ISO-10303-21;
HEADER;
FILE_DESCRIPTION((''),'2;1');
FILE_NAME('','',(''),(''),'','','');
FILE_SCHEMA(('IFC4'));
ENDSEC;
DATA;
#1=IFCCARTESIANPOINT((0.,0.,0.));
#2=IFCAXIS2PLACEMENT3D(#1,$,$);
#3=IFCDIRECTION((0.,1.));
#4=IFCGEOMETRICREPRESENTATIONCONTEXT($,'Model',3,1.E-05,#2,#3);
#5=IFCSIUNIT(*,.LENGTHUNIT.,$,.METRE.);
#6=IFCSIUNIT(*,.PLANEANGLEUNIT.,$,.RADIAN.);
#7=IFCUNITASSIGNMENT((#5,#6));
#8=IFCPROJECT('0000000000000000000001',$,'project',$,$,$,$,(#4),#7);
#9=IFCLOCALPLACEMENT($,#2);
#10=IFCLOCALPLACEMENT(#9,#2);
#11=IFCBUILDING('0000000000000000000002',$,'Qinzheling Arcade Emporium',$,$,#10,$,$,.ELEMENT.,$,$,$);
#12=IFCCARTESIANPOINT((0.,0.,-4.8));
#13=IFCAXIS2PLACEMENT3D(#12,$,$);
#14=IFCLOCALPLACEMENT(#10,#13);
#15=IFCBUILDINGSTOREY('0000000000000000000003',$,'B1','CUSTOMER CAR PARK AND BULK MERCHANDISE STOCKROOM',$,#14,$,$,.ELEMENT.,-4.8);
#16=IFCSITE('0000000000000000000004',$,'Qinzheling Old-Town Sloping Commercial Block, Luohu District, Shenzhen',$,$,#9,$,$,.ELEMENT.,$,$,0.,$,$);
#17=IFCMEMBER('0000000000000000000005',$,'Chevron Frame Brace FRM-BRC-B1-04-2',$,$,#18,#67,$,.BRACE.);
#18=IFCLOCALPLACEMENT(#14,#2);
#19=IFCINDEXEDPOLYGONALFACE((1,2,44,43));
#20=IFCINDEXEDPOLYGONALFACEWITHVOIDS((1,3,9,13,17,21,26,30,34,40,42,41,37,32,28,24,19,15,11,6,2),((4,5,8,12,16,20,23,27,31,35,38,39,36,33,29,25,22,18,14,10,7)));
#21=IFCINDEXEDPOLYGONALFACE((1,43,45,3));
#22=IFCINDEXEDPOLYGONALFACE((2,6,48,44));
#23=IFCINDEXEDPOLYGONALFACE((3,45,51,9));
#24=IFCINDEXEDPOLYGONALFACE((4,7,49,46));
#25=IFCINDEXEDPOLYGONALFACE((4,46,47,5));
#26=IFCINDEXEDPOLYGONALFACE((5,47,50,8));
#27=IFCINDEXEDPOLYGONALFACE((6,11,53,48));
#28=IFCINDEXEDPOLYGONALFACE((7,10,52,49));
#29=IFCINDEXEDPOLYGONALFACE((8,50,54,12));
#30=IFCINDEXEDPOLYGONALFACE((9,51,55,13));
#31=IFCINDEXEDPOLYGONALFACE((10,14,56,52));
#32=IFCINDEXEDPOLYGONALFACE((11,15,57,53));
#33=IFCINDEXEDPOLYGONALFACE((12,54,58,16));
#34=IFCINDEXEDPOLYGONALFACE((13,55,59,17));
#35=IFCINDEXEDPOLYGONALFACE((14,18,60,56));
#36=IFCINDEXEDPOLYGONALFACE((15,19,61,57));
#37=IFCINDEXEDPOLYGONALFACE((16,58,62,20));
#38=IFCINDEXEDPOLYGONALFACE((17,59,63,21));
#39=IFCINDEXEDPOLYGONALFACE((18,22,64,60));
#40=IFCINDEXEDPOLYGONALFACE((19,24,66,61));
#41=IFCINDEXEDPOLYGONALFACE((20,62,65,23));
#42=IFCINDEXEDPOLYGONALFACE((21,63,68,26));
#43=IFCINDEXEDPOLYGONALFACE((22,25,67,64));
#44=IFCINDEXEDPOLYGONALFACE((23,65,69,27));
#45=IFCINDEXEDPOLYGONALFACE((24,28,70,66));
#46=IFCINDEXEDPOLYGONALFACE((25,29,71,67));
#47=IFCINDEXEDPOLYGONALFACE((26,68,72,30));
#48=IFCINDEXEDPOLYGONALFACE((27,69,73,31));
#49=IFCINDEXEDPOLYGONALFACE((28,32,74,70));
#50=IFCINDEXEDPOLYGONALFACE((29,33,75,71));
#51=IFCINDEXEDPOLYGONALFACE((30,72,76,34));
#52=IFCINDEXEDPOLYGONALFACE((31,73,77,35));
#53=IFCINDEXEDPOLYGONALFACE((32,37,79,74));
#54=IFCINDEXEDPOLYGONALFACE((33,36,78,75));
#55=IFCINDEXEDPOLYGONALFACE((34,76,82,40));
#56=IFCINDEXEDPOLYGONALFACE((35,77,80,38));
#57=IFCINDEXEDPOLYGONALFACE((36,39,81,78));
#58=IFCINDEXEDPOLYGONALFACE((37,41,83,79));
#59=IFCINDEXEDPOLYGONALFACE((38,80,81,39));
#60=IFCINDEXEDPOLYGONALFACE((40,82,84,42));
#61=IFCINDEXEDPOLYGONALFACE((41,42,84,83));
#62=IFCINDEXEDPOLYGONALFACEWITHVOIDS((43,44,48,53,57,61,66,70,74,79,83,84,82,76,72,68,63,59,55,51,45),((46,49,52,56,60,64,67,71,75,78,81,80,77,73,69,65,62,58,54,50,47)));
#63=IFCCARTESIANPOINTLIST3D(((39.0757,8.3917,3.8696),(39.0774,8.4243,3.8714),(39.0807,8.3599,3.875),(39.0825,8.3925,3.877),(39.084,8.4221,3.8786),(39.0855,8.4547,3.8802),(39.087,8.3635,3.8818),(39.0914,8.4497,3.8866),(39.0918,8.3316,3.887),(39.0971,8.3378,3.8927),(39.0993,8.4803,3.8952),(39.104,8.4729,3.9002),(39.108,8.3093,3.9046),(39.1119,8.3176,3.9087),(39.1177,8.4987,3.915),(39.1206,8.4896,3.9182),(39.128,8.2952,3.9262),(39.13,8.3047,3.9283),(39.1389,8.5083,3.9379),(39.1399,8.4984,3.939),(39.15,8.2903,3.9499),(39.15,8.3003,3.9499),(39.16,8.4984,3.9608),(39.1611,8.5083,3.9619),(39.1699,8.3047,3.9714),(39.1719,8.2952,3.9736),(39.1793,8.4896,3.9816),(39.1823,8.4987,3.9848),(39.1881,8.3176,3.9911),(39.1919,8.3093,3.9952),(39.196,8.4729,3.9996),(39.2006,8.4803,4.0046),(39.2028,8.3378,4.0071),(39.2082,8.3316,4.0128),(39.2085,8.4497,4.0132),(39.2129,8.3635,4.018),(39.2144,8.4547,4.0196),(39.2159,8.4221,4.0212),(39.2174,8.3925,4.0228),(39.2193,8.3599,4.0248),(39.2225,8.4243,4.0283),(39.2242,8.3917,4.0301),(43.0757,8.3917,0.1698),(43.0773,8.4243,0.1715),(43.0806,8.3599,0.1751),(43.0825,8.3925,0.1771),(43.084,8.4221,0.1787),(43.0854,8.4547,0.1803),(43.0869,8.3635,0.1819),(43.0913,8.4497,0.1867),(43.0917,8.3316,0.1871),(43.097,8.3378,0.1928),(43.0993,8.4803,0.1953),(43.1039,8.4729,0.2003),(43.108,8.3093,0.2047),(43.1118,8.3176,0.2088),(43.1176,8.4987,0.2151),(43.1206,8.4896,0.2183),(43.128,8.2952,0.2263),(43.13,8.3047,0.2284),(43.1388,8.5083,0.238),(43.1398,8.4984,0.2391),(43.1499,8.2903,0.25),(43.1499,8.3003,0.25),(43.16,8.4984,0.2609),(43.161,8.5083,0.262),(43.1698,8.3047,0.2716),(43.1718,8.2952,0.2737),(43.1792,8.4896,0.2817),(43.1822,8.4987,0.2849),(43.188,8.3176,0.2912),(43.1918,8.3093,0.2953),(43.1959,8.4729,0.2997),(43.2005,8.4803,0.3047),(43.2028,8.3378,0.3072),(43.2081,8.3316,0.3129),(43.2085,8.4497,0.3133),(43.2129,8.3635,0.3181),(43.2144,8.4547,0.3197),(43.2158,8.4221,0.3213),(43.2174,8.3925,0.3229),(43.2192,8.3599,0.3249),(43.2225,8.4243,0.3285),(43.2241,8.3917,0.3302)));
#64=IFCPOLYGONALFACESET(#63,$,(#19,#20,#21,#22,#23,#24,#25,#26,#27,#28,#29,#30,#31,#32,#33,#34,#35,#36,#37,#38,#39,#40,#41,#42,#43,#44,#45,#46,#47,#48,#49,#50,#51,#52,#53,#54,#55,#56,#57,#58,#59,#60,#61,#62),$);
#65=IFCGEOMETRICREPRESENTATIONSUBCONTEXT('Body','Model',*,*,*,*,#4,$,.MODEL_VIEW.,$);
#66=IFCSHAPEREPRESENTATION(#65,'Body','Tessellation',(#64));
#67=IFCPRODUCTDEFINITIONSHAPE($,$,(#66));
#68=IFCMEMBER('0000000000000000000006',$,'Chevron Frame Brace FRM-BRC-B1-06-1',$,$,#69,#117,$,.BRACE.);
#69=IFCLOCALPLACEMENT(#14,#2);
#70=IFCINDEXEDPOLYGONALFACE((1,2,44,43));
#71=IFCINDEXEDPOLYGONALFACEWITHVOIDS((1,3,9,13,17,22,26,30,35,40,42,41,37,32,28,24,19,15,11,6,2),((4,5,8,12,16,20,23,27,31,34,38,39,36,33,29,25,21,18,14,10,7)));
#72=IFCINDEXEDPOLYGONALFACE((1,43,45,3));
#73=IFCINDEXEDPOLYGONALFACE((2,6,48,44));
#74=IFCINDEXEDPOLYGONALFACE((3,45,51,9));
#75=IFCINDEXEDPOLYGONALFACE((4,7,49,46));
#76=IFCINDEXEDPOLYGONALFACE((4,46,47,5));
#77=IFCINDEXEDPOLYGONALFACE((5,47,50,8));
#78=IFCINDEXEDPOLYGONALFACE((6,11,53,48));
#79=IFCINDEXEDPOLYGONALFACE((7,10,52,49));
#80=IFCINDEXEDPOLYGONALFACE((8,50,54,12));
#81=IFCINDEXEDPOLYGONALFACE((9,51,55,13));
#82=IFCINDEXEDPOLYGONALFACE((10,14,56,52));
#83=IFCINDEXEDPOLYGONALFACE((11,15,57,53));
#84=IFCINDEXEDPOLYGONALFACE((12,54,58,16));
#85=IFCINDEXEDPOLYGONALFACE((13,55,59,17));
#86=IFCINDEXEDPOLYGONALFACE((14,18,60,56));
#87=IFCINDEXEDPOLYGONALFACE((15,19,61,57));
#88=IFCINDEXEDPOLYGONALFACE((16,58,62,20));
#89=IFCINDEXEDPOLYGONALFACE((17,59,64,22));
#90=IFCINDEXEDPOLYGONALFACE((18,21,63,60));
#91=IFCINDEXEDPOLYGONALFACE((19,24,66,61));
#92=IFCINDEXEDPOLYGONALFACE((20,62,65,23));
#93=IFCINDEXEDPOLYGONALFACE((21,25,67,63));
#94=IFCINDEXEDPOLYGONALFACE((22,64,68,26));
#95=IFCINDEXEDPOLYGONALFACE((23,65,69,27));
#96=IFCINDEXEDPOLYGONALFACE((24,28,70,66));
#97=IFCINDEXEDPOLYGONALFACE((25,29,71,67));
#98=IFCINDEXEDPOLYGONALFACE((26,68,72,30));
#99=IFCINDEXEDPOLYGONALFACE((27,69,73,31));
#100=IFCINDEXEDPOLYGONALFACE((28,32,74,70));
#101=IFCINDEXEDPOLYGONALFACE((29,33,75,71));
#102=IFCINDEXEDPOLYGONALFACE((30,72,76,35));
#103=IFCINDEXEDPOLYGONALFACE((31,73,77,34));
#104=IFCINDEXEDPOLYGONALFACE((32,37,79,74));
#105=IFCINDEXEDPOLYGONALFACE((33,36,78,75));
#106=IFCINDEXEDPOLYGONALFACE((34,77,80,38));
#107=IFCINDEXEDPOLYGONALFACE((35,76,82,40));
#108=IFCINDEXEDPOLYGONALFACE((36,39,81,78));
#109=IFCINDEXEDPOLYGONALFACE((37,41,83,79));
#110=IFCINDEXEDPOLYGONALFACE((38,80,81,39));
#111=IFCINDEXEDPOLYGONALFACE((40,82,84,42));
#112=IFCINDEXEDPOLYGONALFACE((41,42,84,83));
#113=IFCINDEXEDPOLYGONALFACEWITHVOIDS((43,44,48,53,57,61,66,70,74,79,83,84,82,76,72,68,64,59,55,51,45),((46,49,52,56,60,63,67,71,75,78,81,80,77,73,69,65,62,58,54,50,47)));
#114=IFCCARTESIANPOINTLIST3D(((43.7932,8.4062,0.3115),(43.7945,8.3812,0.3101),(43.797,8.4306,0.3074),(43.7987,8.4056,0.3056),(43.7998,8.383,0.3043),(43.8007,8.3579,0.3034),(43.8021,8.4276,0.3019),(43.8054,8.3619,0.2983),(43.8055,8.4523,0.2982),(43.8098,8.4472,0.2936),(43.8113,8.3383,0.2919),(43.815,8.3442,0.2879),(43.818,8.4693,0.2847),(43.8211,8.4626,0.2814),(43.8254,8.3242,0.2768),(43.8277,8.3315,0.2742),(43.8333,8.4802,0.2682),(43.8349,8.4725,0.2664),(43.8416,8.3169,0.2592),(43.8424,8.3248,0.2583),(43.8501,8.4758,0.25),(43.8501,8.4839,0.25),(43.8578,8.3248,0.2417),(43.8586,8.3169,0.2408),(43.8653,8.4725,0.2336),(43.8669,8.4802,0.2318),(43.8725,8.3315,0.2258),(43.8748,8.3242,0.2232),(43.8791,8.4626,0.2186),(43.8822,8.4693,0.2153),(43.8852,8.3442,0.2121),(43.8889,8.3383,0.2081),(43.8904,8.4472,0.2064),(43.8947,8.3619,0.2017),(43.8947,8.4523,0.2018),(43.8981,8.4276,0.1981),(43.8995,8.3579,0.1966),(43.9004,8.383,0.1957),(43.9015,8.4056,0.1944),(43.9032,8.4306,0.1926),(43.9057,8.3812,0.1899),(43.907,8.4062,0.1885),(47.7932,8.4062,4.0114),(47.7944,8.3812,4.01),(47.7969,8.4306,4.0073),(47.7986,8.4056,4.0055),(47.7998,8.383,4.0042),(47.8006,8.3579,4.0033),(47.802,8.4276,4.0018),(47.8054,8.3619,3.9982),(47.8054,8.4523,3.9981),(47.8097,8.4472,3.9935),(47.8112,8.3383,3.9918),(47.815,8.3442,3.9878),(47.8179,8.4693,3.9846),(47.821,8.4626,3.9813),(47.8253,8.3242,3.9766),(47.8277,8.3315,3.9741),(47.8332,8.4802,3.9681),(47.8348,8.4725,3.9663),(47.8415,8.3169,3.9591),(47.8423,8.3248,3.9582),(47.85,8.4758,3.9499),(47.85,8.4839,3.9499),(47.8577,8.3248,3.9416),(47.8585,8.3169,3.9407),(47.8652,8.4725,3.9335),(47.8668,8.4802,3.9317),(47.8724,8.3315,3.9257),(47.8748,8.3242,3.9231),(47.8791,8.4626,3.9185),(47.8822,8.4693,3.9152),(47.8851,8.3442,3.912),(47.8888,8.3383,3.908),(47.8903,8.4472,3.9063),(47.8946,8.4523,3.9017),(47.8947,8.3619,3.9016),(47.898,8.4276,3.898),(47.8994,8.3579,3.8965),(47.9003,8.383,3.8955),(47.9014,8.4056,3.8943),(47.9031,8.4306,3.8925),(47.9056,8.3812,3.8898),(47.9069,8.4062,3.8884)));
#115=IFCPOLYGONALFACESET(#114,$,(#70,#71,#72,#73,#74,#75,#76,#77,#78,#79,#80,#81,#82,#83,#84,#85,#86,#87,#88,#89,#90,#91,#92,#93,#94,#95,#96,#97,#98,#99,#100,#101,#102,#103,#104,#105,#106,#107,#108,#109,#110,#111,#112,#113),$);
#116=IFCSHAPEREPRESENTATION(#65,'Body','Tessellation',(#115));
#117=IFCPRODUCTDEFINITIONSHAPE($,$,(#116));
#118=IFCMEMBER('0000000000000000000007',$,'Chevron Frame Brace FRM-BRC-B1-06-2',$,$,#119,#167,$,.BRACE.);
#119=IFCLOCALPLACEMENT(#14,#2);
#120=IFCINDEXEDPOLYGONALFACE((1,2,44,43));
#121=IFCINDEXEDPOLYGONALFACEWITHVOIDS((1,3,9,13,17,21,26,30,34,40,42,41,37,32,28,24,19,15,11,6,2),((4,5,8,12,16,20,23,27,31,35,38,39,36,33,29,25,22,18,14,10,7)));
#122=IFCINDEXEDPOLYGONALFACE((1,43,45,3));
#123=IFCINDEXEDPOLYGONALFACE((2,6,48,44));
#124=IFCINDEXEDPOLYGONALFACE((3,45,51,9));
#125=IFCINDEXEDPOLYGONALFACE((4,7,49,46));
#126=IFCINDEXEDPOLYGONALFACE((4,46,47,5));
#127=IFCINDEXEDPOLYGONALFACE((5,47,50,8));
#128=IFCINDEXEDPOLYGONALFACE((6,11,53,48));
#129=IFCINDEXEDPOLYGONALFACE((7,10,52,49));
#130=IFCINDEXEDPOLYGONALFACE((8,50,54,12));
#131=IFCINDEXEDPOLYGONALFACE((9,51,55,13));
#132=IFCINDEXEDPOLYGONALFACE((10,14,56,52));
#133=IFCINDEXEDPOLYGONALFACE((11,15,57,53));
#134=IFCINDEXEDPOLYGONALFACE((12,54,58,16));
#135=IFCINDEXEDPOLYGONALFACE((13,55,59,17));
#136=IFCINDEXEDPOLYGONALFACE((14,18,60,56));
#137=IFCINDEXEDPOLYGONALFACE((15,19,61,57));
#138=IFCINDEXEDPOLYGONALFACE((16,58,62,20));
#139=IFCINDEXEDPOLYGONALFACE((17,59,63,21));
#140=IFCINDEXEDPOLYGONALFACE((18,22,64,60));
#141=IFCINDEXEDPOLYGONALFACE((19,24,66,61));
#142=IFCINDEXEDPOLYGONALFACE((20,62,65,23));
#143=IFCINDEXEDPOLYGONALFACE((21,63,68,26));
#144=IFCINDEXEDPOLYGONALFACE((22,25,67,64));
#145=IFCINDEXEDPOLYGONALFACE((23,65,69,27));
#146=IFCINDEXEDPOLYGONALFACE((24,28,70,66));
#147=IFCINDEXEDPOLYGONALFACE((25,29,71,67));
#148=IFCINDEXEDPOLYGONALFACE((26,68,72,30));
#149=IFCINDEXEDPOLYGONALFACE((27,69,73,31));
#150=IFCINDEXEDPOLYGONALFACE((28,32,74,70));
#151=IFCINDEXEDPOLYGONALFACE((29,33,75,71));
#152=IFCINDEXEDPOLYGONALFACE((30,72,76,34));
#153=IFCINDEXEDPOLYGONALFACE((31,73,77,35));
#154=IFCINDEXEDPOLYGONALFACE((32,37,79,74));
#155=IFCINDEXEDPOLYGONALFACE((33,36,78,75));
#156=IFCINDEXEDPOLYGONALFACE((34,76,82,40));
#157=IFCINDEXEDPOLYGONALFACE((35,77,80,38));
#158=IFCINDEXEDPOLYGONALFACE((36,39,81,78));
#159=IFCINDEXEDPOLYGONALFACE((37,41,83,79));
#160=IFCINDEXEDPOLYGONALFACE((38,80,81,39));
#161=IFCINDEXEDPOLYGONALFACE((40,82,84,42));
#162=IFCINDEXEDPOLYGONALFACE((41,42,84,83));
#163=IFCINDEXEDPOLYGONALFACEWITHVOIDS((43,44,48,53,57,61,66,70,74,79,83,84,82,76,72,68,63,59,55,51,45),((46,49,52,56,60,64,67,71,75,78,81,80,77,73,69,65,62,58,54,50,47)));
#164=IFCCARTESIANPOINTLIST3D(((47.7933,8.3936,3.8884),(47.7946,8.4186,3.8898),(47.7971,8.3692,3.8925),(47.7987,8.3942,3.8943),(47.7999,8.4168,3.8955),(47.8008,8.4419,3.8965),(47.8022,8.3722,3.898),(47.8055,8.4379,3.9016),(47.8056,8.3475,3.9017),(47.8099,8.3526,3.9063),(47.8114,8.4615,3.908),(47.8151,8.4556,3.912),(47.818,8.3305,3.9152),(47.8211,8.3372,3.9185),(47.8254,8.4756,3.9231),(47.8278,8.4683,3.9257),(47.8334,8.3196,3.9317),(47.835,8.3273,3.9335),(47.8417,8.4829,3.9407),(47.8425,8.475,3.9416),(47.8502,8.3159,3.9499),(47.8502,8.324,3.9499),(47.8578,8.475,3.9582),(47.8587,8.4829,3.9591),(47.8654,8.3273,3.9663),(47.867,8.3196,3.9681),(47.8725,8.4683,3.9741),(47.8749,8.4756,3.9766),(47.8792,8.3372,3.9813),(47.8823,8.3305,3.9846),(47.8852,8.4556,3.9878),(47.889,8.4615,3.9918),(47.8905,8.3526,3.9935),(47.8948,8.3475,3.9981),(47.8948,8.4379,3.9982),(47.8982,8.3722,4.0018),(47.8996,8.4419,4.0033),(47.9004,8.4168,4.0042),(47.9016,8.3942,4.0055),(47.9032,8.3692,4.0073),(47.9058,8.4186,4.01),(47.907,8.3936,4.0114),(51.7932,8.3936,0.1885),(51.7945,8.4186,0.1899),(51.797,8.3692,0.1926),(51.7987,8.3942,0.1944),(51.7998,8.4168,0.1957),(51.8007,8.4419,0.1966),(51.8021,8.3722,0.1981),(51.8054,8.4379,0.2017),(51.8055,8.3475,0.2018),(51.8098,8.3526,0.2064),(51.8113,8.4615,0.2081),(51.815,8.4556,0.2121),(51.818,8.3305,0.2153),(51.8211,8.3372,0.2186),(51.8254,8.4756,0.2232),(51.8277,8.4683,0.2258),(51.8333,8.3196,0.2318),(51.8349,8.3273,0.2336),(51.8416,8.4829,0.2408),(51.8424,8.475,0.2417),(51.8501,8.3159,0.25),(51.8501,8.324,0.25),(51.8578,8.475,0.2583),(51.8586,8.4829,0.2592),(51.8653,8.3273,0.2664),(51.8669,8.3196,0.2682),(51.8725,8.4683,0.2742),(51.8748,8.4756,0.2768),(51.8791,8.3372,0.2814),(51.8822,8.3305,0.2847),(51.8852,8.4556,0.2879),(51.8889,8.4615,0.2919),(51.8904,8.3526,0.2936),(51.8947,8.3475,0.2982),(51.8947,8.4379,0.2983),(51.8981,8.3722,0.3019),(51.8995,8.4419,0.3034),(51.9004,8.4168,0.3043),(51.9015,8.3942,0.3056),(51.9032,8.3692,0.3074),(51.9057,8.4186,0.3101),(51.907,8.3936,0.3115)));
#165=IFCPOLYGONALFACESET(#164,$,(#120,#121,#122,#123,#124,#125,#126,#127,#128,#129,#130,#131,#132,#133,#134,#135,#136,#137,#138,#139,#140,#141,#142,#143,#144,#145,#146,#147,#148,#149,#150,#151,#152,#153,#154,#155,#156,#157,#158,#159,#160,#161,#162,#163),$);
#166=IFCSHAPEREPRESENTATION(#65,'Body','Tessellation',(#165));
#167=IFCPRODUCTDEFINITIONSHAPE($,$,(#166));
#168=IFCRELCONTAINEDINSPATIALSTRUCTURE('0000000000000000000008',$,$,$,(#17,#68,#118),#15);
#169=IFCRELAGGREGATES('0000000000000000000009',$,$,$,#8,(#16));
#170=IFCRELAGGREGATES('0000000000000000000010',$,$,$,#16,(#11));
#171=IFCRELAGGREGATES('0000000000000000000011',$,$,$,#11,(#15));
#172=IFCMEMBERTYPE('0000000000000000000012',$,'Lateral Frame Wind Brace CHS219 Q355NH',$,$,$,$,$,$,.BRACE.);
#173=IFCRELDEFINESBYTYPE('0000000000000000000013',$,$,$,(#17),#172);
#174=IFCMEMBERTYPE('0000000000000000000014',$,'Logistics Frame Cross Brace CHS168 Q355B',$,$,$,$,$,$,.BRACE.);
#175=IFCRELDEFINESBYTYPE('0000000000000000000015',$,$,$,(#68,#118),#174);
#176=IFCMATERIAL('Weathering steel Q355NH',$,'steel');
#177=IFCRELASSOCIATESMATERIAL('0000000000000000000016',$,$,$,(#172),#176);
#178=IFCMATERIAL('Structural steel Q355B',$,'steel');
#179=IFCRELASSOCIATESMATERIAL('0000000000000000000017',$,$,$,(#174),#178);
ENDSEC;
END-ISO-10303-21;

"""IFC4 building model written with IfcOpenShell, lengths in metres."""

from ifc_helpers import new_model, si_unit, direction, frame, origin, origin_2d, place, context, subcontext, project, spatial, hollow_circle, extrude, material, material_profile, profile_set, type_object, element, save


model = new_model("IFC4")

# Units and contexts
model_context = context("Model", 3, precision=1e-05, world=origin(), true_north=direction((0.0, 1.0)))
body_context = subcontext(model_context, "Body", "Model", "MODEL_VIEW")
ifc_project = project(units=[si_unit("LENGTHUNIT", "METRE"), si_unit("PLANEANGLEUNIT", "RADIAN")], contexts=[model_context])

# Site, building, storey
site_placement = place(None, origin())
site = spatial("IfcSite", under=ifc_project, at=site_placement, Name="Qinzheling Old-Town Sloping Commercial Block, Luohu District, Shenzhen", CompositionType="ELEMENT", RefElevation=0.0)
building_placement = place(site_placement, origin())
building = spatial("IfcBuilding", under=site, at=building_placement, Name="Qinzheling Arcade Emporium", CompositionType="ELEMENT")
storey_placement = place(building_placement, frame((0.0, 0.0, -4.8)))
storey = spatial("IfcBuildingStorey", under=building, at=storey_placement, Name="B1", Description="CUSTOMER CAR PARK AND BULK MERCHANDISE STOCKROOM", CompositionType="ELEMENT", Elevation=-4.8)

# Members
ifc_material_1 = material(Name="Weathering steel Q355NH", Category="steel")
ifc_material_profile_1 = material_profile(ifc_material_1, hollow_circle(Radius=0.1096, WallThickness=0.01, at=origin_2d()), Name="CHS 219x10", Category="steel")
ifc_profile_set_1 = profile_set([ifc_material_profile_1], Name="Weathering steel Q355NH")
member_type_1 = type_object("IfcMemberType", Name="Lateral Frame Wind Brace CHS219 Q355NH", PredefinedType="BRACE", material=ifc_profile_set_1)
for number, where, z_axis, x_axis, name in (
    (1, (43.1499, 8.3999, 0.25), (-0.734104, 0.0, 0.679037), (0.0, -1.0, 0.0), "Chevron Frame Brace FRM-BRC-B1-04-2"),
):
    element("IfcMember", number, at=place(storey_placement, frame(where, z_axis=z_axis, x_axis=x_axis)), inside=storey, type_object=member_type_1, Name=name, PredefinedType="BRACE", context=body_context, shape_type="SweptSolid", body=[
        extrude(hollow_circle(Radius=0.1096, WallThickness=0.01, at=origin_2d()), origin(), (0.0, 0.0, 1.0), 5.4487),
    ])
ifc_material_2 = material(Name="Structural steel Q355B", Category="steel")
ifc_material_profile_2 = material_profile(ifc_material_2, hollow_circle(Radius=0.084, WallThickness=0.0081, at=origin_2d()), Name="CHS 168x8", Category="steel")
ifc_profile_set_2 = profile_set([ifc_material_profile_2], Name="Structural steel Q355B")
member_type_2 = type_object("IfcMemberType", Name="Logistics Frame Cross Brace CHS168 Q355B", PredefinedType="BRACE", material=ifc_profile_set_2)
for number, where, z_axis, x_axis, name in (
    (2, (43.8501, 8.3999, 0.25), (0.734104, 0.0, 0.679037), (0.0, 1.0, 0.0), "Chevron Frame Brace FRM-BRC-B1-06-1"),
    (3, (51.8501, 8.3999, 0.25), (-0.734104, 0.0, 0.679037), (0.0, -1.0, 0.0), "Chevron Frame Brace FRM-BRC-B1-06-2"),
):
    element("IfcMember", number, at=place(storey_placement, frame(where, z_axis=z_axis, x_axis=x_axis)), inside=storey, type_object=member_type_2, Name=name, PredefinedType="BRACE", context=body_context, shape_type="SweptSolid", body=[
        extrude(hollow_circle(Radius=0.084, WallThickness=0.0081, at=origin_2d()), origin(), (0.0, 0.0, 1.0), 5.4487),
    ])

save(model, "model.ifc")
